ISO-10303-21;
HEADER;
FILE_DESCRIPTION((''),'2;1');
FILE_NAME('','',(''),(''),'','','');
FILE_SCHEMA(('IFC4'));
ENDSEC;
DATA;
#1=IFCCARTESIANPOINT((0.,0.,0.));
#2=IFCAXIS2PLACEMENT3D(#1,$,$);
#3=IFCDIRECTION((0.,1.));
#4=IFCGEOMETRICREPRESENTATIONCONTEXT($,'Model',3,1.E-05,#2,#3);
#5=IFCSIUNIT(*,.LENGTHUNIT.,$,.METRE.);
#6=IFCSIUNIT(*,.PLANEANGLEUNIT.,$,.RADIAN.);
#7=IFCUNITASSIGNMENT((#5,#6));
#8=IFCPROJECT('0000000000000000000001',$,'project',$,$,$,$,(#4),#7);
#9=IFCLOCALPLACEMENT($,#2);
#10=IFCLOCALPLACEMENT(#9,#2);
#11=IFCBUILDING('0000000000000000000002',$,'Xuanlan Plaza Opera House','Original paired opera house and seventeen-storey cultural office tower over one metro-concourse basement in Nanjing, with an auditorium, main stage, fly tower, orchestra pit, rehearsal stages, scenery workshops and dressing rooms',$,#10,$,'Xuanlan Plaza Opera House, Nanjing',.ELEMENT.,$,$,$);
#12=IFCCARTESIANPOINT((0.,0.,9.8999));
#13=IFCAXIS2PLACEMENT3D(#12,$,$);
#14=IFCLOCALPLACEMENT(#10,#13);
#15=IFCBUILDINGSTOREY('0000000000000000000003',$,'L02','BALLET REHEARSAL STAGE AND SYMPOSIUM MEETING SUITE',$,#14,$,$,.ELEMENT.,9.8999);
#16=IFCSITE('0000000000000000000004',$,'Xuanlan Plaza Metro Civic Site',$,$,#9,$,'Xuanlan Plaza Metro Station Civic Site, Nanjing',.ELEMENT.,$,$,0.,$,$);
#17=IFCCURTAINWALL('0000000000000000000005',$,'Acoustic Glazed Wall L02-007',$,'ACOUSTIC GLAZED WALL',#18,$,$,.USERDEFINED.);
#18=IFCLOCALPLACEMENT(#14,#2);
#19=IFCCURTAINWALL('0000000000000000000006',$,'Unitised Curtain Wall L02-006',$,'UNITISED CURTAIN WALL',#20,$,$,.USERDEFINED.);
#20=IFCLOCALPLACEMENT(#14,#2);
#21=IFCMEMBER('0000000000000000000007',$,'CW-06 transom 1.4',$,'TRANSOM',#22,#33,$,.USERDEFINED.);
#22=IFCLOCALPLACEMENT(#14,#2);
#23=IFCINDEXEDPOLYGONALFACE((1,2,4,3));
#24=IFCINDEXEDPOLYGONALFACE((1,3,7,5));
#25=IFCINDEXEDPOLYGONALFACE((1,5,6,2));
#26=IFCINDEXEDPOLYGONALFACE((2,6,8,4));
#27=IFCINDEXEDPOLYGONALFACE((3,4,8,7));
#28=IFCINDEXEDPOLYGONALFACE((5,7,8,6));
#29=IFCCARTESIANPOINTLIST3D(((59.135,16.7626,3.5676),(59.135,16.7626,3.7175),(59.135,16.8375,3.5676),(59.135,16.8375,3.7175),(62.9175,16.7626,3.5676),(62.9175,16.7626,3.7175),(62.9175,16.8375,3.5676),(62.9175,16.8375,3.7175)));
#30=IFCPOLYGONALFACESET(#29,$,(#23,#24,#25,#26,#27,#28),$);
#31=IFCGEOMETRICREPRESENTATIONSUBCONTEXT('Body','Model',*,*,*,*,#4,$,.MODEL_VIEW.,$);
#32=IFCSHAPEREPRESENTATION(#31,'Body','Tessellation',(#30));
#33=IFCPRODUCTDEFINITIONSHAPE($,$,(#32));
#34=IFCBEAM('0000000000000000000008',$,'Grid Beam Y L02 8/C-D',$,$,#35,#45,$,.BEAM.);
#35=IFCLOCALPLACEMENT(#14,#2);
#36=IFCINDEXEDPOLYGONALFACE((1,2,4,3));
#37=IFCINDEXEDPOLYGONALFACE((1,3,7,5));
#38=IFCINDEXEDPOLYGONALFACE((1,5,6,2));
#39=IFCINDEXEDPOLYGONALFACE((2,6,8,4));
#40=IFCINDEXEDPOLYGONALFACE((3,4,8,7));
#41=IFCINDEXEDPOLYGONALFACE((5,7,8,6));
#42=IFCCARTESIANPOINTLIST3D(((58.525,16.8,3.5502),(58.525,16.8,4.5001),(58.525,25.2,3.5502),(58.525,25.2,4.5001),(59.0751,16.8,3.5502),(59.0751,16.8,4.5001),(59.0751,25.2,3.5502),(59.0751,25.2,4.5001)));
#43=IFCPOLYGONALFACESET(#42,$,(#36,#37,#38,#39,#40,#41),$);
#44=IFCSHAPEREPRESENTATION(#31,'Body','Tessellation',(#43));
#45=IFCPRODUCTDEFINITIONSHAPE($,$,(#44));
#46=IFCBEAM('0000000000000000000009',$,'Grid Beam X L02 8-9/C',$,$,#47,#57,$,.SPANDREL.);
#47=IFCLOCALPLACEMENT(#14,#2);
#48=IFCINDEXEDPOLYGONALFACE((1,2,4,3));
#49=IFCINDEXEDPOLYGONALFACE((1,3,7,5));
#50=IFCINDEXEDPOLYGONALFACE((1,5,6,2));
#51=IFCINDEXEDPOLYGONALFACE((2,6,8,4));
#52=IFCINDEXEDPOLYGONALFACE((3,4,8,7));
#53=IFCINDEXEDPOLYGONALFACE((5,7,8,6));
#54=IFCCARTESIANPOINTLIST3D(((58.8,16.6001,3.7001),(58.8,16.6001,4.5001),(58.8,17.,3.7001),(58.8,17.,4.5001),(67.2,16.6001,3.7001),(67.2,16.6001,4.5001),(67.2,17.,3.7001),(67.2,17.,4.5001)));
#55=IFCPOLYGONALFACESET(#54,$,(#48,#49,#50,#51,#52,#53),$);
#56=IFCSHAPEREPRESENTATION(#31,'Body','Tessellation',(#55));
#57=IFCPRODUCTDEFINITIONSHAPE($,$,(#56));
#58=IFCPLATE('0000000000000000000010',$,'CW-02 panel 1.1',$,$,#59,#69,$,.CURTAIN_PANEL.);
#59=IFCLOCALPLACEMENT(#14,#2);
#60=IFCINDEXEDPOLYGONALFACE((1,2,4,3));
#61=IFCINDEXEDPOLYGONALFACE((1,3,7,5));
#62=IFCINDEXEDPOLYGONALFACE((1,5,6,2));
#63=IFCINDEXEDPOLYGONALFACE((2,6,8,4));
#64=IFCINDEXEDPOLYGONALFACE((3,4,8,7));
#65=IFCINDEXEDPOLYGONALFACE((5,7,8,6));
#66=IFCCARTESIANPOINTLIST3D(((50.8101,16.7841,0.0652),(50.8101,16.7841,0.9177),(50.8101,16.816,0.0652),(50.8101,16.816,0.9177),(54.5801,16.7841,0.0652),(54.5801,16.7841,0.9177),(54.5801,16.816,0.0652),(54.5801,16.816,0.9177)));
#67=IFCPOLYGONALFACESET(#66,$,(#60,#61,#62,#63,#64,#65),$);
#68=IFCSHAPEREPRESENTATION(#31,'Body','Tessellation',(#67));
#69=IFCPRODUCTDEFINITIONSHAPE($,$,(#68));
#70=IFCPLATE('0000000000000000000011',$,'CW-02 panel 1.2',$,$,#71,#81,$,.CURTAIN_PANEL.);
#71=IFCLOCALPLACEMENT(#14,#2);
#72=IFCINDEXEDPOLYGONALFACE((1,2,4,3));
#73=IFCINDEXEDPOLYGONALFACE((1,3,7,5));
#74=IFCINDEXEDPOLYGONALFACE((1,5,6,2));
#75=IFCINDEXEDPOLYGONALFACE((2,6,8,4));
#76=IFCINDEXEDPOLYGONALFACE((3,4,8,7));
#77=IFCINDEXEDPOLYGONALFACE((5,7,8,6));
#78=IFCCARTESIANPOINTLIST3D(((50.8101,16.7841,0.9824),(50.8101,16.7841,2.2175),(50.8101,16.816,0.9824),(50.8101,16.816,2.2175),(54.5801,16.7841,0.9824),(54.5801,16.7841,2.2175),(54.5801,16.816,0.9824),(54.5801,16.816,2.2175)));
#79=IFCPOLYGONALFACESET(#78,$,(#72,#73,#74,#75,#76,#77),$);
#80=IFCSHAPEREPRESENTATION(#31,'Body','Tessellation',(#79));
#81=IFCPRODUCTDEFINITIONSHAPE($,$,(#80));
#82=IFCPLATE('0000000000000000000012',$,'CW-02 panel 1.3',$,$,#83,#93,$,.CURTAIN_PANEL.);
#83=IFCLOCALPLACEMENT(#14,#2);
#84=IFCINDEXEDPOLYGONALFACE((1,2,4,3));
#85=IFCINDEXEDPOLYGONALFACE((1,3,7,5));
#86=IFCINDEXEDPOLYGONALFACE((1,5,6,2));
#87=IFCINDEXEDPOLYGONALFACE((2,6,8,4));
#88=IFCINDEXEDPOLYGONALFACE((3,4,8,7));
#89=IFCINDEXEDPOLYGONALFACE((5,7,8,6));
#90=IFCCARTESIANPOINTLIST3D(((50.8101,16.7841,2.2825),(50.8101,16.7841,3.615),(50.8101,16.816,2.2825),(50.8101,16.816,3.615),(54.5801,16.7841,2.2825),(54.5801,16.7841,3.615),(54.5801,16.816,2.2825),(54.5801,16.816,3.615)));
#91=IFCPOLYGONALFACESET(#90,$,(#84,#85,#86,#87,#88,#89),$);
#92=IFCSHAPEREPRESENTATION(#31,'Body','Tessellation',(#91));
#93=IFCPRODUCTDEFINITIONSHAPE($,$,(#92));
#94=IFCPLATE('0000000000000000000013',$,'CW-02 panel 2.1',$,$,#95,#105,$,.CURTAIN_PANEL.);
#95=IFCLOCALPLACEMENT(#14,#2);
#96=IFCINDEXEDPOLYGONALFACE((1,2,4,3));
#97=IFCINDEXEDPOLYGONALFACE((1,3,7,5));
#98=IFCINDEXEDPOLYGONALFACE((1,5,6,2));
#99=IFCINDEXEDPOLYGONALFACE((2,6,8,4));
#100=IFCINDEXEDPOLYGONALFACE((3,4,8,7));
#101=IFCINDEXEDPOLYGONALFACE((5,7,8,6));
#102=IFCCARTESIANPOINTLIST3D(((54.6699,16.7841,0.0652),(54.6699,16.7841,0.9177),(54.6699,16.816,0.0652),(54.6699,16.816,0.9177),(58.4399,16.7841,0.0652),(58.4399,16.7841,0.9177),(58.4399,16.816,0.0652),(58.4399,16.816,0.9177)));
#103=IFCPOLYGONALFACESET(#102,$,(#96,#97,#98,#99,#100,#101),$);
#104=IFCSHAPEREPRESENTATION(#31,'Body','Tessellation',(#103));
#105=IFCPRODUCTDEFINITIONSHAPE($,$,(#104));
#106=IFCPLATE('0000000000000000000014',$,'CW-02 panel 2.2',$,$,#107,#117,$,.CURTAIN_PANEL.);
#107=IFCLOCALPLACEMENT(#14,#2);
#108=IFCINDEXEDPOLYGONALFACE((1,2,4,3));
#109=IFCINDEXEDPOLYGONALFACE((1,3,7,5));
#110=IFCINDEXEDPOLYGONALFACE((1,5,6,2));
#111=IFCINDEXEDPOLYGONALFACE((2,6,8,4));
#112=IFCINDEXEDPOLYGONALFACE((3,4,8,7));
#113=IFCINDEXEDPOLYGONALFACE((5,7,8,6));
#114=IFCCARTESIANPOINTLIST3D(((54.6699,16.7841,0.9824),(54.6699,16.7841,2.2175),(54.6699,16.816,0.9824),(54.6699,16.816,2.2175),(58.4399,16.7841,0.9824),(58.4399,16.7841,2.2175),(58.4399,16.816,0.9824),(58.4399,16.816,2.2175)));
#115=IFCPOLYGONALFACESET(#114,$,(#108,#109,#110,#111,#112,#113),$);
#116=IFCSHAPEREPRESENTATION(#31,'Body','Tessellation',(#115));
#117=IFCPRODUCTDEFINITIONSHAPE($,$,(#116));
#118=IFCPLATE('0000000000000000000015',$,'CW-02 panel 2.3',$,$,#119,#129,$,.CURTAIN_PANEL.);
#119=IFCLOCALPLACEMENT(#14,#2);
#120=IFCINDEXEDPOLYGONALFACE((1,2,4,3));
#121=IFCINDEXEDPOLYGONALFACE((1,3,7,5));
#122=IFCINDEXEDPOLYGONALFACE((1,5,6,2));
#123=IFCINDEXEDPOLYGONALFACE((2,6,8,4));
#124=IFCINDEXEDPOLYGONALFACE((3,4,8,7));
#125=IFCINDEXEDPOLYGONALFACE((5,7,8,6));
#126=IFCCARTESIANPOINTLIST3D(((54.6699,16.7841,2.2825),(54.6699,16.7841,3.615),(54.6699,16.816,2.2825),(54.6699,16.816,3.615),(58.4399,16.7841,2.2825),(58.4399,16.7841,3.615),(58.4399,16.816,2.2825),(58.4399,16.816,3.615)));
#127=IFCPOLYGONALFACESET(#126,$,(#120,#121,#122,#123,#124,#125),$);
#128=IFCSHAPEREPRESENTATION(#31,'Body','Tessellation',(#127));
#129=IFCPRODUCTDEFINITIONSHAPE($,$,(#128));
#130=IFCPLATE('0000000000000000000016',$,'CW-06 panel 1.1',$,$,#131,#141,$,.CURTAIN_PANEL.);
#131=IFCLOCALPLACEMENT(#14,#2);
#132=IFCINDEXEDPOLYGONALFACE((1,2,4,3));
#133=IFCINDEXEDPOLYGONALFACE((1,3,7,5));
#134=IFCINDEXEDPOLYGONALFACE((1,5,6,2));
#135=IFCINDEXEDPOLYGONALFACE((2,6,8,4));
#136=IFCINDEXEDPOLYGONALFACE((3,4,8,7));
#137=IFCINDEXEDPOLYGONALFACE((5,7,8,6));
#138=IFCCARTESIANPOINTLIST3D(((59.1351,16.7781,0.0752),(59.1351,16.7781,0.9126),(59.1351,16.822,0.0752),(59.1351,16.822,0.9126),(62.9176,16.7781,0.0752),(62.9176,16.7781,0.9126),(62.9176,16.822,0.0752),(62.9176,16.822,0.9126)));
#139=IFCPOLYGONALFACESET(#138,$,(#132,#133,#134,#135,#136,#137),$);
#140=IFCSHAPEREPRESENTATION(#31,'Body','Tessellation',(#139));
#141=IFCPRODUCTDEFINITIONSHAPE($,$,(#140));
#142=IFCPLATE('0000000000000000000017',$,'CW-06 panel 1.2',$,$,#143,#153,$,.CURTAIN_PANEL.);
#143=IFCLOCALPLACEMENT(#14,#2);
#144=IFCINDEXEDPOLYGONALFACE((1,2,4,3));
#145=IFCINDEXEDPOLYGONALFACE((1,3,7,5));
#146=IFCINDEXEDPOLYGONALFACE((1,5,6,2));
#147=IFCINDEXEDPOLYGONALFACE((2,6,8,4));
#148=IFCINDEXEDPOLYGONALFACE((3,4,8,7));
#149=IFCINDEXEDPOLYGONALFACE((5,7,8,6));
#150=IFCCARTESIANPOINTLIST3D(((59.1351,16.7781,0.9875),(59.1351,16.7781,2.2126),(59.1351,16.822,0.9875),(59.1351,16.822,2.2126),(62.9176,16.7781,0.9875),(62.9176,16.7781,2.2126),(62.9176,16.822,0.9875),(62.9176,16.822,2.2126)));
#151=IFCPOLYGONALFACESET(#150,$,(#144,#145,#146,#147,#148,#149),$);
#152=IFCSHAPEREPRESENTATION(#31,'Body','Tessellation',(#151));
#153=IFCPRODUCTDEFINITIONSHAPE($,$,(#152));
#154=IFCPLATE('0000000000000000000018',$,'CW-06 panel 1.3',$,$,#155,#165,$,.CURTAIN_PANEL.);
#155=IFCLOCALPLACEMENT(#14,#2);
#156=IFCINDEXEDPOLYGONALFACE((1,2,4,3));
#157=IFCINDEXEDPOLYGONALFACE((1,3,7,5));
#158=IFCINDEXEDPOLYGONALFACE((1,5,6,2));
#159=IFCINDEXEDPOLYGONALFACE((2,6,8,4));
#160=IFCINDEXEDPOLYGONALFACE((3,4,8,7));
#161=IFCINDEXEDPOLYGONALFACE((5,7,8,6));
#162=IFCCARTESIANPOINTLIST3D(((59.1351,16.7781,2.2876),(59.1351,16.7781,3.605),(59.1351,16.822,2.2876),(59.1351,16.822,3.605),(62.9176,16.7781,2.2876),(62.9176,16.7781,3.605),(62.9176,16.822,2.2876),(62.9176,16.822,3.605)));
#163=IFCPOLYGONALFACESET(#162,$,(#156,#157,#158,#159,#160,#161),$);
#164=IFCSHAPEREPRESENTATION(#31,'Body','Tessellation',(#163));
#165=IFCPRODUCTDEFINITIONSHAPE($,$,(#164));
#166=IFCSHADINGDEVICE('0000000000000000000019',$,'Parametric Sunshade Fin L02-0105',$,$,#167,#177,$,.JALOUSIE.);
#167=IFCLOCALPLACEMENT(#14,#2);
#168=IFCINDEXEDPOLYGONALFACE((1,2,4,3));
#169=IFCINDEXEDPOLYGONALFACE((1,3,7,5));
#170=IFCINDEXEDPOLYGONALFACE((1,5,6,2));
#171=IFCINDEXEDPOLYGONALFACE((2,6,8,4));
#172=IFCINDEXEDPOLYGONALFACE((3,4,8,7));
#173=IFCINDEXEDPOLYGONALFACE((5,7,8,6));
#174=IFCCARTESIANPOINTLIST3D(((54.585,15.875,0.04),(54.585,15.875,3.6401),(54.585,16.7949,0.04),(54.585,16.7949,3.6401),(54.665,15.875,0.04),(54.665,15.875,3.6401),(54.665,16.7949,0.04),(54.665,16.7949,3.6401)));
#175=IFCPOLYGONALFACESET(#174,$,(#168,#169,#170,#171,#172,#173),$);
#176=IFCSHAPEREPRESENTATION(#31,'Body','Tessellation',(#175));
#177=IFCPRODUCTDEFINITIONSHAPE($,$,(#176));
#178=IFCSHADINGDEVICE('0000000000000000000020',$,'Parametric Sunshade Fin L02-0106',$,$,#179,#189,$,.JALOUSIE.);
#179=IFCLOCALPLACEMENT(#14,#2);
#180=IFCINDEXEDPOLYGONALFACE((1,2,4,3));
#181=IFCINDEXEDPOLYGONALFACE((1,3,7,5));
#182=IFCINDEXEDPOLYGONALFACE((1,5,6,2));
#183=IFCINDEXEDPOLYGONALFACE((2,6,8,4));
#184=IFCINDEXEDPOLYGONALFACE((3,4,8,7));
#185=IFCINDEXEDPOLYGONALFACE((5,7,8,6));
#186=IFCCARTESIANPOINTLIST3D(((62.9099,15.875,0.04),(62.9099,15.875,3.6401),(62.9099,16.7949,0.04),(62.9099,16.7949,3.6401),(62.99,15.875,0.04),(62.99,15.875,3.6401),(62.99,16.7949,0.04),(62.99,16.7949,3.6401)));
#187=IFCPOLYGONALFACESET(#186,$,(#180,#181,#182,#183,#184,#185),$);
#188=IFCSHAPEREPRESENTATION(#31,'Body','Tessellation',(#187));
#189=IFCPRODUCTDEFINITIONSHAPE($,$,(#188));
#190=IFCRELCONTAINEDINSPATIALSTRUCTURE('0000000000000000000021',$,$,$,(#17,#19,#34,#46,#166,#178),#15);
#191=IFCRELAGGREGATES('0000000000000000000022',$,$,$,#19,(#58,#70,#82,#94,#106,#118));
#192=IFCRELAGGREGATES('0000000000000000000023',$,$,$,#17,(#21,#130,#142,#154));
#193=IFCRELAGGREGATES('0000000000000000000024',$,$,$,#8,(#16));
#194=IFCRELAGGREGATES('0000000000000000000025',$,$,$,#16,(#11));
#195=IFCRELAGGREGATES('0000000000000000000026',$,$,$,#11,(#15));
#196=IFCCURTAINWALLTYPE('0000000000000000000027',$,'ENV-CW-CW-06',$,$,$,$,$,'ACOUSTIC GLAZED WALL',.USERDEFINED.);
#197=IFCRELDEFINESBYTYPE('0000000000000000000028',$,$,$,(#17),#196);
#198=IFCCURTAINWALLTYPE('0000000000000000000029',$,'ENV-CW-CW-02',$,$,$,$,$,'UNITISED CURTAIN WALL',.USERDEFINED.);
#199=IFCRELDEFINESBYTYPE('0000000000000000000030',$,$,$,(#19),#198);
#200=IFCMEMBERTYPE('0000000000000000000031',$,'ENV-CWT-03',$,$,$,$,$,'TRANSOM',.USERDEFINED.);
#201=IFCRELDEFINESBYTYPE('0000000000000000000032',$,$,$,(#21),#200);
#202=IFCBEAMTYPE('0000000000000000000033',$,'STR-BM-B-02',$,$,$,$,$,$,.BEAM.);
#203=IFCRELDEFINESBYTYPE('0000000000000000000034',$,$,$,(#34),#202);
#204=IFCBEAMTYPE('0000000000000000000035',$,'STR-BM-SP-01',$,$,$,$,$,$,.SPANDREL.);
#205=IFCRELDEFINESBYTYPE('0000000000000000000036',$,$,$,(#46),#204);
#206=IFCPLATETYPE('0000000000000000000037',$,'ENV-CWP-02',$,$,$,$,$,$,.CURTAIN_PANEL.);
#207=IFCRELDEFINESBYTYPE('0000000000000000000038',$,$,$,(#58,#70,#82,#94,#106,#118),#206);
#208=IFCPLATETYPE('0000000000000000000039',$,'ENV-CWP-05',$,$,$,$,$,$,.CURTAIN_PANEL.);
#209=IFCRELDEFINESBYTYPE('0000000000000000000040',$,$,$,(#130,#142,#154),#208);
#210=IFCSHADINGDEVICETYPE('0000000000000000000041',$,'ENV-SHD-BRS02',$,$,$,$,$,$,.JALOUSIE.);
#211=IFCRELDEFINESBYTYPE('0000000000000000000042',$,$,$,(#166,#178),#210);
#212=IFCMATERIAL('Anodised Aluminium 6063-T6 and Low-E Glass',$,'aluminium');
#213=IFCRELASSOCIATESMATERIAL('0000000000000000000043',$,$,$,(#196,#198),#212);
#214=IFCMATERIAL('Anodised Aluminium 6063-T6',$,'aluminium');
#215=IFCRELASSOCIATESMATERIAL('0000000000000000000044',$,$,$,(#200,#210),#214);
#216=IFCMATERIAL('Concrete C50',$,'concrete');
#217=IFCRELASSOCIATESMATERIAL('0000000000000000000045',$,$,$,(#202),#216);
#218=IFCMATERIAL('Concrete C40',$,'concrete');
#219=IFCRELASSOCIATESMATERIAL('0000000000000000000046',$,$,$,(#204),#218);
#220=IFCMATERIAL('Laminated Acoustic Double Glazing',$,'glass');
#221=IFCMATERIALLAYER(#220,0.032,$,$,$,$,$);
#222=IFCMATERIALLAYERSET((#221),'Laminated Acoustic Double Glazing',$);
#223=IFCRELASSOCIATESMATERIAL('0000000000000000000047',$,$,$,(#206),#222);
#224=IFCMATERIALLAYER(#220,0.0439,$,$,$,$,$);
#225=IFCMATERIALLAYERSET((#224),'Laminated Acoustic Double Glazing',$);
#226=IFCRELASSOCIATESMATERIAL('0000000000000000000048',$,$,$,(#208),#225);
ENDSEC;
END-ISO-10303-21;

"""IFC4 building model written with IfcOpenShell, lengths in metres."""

from ifc_helpers import new_model, si_unit, direction, frame, origin, origin_2d, place, context, subcontext, project, spatial, rectangle, extrude, material, layer, layer_set, material_profile, profile_set, type_object, element, aggregate, save


model = new_model("IFC4")

# Units and contexts
model_context = context("Model", 3, precision=1e-05, world=origin(), true_north=direction((0.0, 1.0)))
body_context = subcontext(model_context, "Body", "Model", "MODEL_VIEW")
ifc_project = project(units=[si_unit("LENGTHUNIT", "METRE"), si_unit("PLANEANGLEUNIT", "RADIAN")], contexts=[model_context])

# Site, building, storey
site_placement = place(None, origin())
site = spatial("IfcSite", under=ifc_project, at=site_placement, Name="Xuanlan Plaza Metro Civic Site", LongName="Xuanlan Plaza Metro Station Civic Site, Nanjing", CompositionType="ELEMENT", RefElevation=0.0)
building_placement = place(site_placement, origin())
building = spatial("IfcBuilding", under=site, at=building_placement, Name="Xuanlan Plaza Opera House", Description="Original paired opera house and seventeen-storey cultural office tower over one metro-concourse basement in Nanjing, with an auditorium, main stage, fly tower, orchestra pit, rehearsal stages, scenery workshops and dressing rooms", LongName="Xuanlan Plaza Opera House, Nanjing", CompositionType="ELEMENT")
storey_placement = place(building_placement, frame((0.0, 0.0, 9.8999)))
storey = spatial("IfcBuildingStorey", under=building, at=storey_placement, Name="L02", Description="BALLET REHEARSAL STAGE AND SYMPOSIUM MEETING SUITE", CompositionType="ELEMENT", Elevation=9.8999)

# Shared definitions
ifc_material_1 = material(Name="Concrete C40", Category="concrete")

# Curtain walls
ifc_material_2 = material(Name="Anodised Aluminium 6063-T6 and Low-E Glass", Category="aluminium")
curtain_wall_type_1 = type_object("IfcCurtainWallType", Name="ENV-CW-CW-06", ElementType="ACOUSTIC GLAZED WALL", PredefinedType="USERDEFINED", material=ifc_material_2)
curtain_wall_1_placement = place(storey_placement, origin())
curtain_wall_1 = element("IfcCurtainWall", 1, at=curtain_wall_1_placement, inside=storey, type_object=curtain_wall_type_1, Name="Acoustic Glazed Wall L02-007", ObjectType="ACOUSTIC GLAZED WALL", PredefinedType="USERDEFINED")
ifc_material_3 = material(Name="Anodised Aluminium 6063-T6", Category="aluminium")
curtain_wall_type_2 = type_object("IfcCurtainWallType", Name="ENV-CW-CW-02", ElementType="UNITISED CURTAIN WALL", PredefinedType="USERDEFINED", material=ifc_material_2)
curtain_wall_2_placement = place(storey_placement, origin())
curtain_wall_2 = element("IfcCurtainWall", 2, at=curtain_wall_2_placement, inside=storey, type_object=curtain_wall_type_2, Name="Unitised Curtain Wall L02-006", ObjectType="UNITISED CURTAIN WALL", PredefinedType="USERDEFINED")

# Member
ifc_material_profile_1 = material_profile(ifc_material_3, rectangle(XDim=0.075, YDim=0.1499, at=origin_2d()), Name="ALU-T 75x150")
ifc_profile_set_1 = profile_set([ifc_material_profile_1], Name="Anodised Aluminium 6063-T6")
member_type_1 = type_object("IfcMemberType", Name="ENV-CWT-03", ElementType="TRANSOM", PredefinedType="USERDEFINED", material=ifc_profile_set_1)
member_1_placement = place(storey_placement, frame((59.135, 16.8, 3.6426), z_axis=(1.0, 0.0, 0.0), x_axis=(0.0, 1.0, 0.0)))
member_1 = element("IfcMember", 3, at=member_1_placement, type_object=member_type_1, Name="CW-06 transom 1.4", ObjectType="TRANSOM", PredefinedType="USERDEFINED", context=body_context, shape_type="SweptSolid", body=[
    extrude(rectangle(XDim=0.075, YDim=0.1499, at=origin_2d()), origin(), (0.0, 0.0, 1.0), 3.7825),
])

# Beams
ifc_material_4 = material(Name="Concrete C50", Category="concrete")
ifc_material_profile_2 = material_profile(ifc_material_4, rectangle(XDim=0.55, YDim=0.95, at=origin_2d()), Name="RC-BM 550x950")
ifc_profile_set_2 = profile_set([ifc_material_profile_2], Name="Concrete C50")
beam_type_1 = type_object("IfcBeamType", Name="STR-BM-B-02", PredefinedType="BEAM", material=ifc_profile_set_2)
beam_1_placement = place(storey_placement, frame((58.8, 16.8, 4.0251), z_axis=(0.0, 1.0, 0.0), x_axis=(-1.0, 0.0, 0.0)))
element("IfcBeam", 4, at=beam_1_placement, inside=storey, type_object=beam_type_1, Name="Grid Beam Y L02 8/C-D", PredefinedType="BEAM", context=body_context, shape_type="SweptSolid", body=[
    extrude(rectangle(XDim=0.55, YDim=0.95, at=origin_2d()), origin(), (0.0, 0.0, 1.0), 8.3999),
])
ifc_material_profile_3 = material_profile(ifc_material_1, rectangle(XDim=0.3999, YDim=0.8, at=origin_2d()), Name="RC-SPD 400x800")
ifc_profile_set_3 = profile_set([ifc_material_profile_3], Name="Concrete C40")
beam_type_2 = type_object("IfcBeamType", Name="STR-BM-SP-01", PredefinedType="SPANDREL", material=ifc_profile_set_3)
beam_2_placement = place(storey_placement, frame((58.8, 16.8, 4.1001), z_axis=(1.0, 0.0, 0.0), x_axis=(0.0, 1.0, 0.0)))
element("IfcBeam", 5, at=beam_2_placement, inside=storey, type_object=beam_type_2, Name="Grid Beam X L02 8-9/C", PredefinedType="SPANDREL", context=body_context, shape_type="SweptSolid", body=[
    extrude(rectangle(XDim=0.3999, YDim=0.8, at=origin_2d()), origin(), (0.0, 0.0, 1.0), 8.3999),
])

# Plates
ifc_material_5 = material(Name="Laminated Acoustic Double Glazing", Category="glass")
ifc_layer_1 = layer(ifc_material_5, 0.032)
ifc_layer_set_1 = layer_set([ifc_layer_1], Name="Laminated Acoustic Double Glazing")
plate_type_1 = type_object("IfcPlateType", Name="ENV-CWP-02", PredefinedType="CURTAIN_PANEL", material=ifc_layer_set_1)
plate_1_placement = place(storey_placement, frame((52.6951, 16.8, 0.0652), z_axis=(0.0, 0.0, 1.0), x_axis=(1.0, 0.0, 0.0)))
plate_1 = element("IfcPlate", 6, at=plate_1_placement, type_object=plate_type_1, Name="CW-02 panel 1.1", PredefinedType="CURTAIN_PANEL", context=body_context, shape_type="SweptSolid", body=[
    extrude(rectangle(XDim=3.77, YDim=0.032, at=origin_2d()), origin(), (0.0, 0.0, 1.0), 0.8525),
])
plate_2_placement = place(storey_placement, frame((52.6951, 16.8, 0.9824), z_axis=(0.0, 0.0, 1.0), x_axis=(1.0, 0.0, 0.0)))
plate_2 = element("IfcPlate", 7, at=plate_2_placement, type_object=plate_type_1, Name="CW-02 panel 1.2", PredefinedType="CURTAIN_PANEL", context=body_context, shape_type="SweptSolid", body=[
    extrude(rectangle(XDim=3.77, YDim=0.032, at=origin_2d()), origin(), (0.0, 0.0, 1.0), 1.2351),
])
plate_3_placement = place(storey_placement, frame((52.6951, 16.8, 2.2825), z_axis=(0.0, 0.0, 1.0), x_axis=(1.0, 0.0, 0.0)))
plate_3 = element("IfcPlate", 8, at=plate_3_placement, type_object=plate_type_1, Name="CW-02 panel 1.3", PredefinedType="CURTAIN_PANEL", context=body_context, shape_type="SweptSolid", body=[
    extrude(rectangle(XDim=3.77, YDim=0.032, at=origin_2d()), origin(), (0.0, 0.0, 1.0), 1.3325),
])
plate_4_placement = place(storey_placement, frame((56.5549, 16.8, 0.0652), z_axis=(0.0, 0.0, 1.0), x_axis=(1.0, 0.0, 0.0)))
plate_4 = element("IfcPlate", 9, at=plate_4_placement, type_object=plate_type_1, Name="CW-02 panel 2.1", PredefinedType="CURTAIN_PANEL", context=body_context, shape_type="SweptSolid", body=[
    extrude(rectangle(XDim=3.77, YDim=0.032, at=origin_2d()), origin(), (0.0, 0.0, 1.0), 0.8525),
])
plate_5_placement = place(storey_placement, frame((56.5549, 16.8, 0.9824), z_axis=(0.0, 0.0, 1.0), x_axis=(1.0, 0.0, 0.0)))
plate_5 = element("IfcPlate", 10, at=plate_5_placement, type_object=plate_type_1, Name="CW-02 panel 2.2", PredefinedType="CURTAIN_PANEL", context=body_context, shape_type="SweptSolid", body=[
    extrude(rectangle(XDim=3.77, YDim=0.032, at=origin_2d()), origin(), (0.0, 0.0, 1.0), 1.2351),
])
plate_6_placement = place(storey_placement, frame((56.5549, 16.8, 2.2825), z_axis=(0.0, 0.0, 1.0), x_axis=(1.0, 0.0, 0.0)))
plate_6 = element("IfcPlate", 11, at=plate_6_placement, type_object=plate_type_1, Name="CW-02 panel 2.3", PredefinedType="CURTAIN_PANEL", context=body_context, shape_type="SweptSolid", body=[
    extrude(rectangle(XDim=3.77, YDim=0.032, at=origin_2d()), origin(), (0.0, 0.0, 1.0), 1.3325),
])
aggregate(curtain_wall_2, [plate_1, plate_2, plate_3, plate_4, plate_5, plate_6])
ifc_layer_2 = layer(ifc_material_5, 0.0439)
ifc_layer_set_2 = layer_set([ifc_layer_2], Name="Laminated Acoustic Double Glazing")
plate_type_2 = type_object("IfcPlateType", Name="ENV-CWP-05", PredefinedType="CURTAIN_PANEL", material=ifc_layer_set_2)
plate_7_placement = place(storey_placement, frame((61.0264, 16.8, 0.0752), z_axis=(0.0, 0.0, 1.0), x_axis=(1.0, 0.0, 0.0)))
plate_7 = element("IfcPlate", 12, at=plate_7_placement, type_object=plate_type_2, Name="CW-06 panel 1.1", PredefinedType="CURTAIN_PANEL", context=body_context, shape_type="SweptSolid", body=[
    extrude(rectangle(XDim=3.7825, YDim=0.0439, at=origin_2d()), origin(), (0.0, 0.0, 1.0), 0.8374),
])
plate_8_placement = place(storey_placement, frame((61.0264, 16.8, 0.9875), z_axis=(0.0, 0.0, 1.0), x_axis=(1.0, 0.0, 0.0)))
plate_8 = element("IfcPlate", 13, at=plate_8_placement, type_object=plate_type_2, Name="CW-06 panel 1.2", PredefinedType="CURTAIN_PANEL", context=body_context, shape_type="SweptSolid", body=[
    extrude(rectangle(XDim=3.7825, YDim=0.0439, at=origin_2d()), origin(), (0.0, 0.0, 1.0), 1.2251),
])
plate_9_placement = place(storey_placement, frame((61.0264, 16.8, 2.2876), z_axis=(0.0, 0.0, 1.0), x_axis=(1.0, 0.0, 0.0)))
plate_9 = element("IfcPlate", 14, at=plate_9_placement, type_object=plate_type_2, Name="CW-06 panel 1.3", PredefinedType="CURTAIN_PANEL", context=body_context, shape_type="SweptSolid", body=[
    extrude(rectangle(XDim=3.7825, YDim=0.0439, at=origin_2d()), origin(), (0.0, 0.0, 1.0), 1.3174),
])
aggregate(curtain_wall_1, [member_1, plate_7, plate_8, plate_9])

# Shading devices
shading_device_type = type_object("IfcShadingDeviceType", Name="ENV-SHD-BRS02", PredefinedType="JALOUSIE", material=ifc_material_3)
for number, where, z_axis, x_axis, name in (
    (15, (54.625, 16.335, 0.04), (0.0, 0.0, 1.0), (0.0, -1.0, 0.0), "Parametric Sunshade Fin L02-0105"),
    (16, (62.95, 16.335, 0.04), (0.0, 0.0, 1.0), (0.0, -1.0, 0.0), "Parametric Sunshade Fin L02-0106"),
):
    element("IfcShadingDevice", number, at=place(storey_placement, frame(where, z_axis=z_axis, x_axis=x_axis)), inside=storey, type_object=shading_device_type, Name=name, PredefinedType="JALOUSIE", context=body_context, shape_type="SweptSolid", body=[
        extrude(rectangle(XDim=0.9199, YDim=0.0801, at=origin_2d()), origin(), (0.0, 0.0, 1.0), 3.6001),
    ])

save(model, "model.ifc")
